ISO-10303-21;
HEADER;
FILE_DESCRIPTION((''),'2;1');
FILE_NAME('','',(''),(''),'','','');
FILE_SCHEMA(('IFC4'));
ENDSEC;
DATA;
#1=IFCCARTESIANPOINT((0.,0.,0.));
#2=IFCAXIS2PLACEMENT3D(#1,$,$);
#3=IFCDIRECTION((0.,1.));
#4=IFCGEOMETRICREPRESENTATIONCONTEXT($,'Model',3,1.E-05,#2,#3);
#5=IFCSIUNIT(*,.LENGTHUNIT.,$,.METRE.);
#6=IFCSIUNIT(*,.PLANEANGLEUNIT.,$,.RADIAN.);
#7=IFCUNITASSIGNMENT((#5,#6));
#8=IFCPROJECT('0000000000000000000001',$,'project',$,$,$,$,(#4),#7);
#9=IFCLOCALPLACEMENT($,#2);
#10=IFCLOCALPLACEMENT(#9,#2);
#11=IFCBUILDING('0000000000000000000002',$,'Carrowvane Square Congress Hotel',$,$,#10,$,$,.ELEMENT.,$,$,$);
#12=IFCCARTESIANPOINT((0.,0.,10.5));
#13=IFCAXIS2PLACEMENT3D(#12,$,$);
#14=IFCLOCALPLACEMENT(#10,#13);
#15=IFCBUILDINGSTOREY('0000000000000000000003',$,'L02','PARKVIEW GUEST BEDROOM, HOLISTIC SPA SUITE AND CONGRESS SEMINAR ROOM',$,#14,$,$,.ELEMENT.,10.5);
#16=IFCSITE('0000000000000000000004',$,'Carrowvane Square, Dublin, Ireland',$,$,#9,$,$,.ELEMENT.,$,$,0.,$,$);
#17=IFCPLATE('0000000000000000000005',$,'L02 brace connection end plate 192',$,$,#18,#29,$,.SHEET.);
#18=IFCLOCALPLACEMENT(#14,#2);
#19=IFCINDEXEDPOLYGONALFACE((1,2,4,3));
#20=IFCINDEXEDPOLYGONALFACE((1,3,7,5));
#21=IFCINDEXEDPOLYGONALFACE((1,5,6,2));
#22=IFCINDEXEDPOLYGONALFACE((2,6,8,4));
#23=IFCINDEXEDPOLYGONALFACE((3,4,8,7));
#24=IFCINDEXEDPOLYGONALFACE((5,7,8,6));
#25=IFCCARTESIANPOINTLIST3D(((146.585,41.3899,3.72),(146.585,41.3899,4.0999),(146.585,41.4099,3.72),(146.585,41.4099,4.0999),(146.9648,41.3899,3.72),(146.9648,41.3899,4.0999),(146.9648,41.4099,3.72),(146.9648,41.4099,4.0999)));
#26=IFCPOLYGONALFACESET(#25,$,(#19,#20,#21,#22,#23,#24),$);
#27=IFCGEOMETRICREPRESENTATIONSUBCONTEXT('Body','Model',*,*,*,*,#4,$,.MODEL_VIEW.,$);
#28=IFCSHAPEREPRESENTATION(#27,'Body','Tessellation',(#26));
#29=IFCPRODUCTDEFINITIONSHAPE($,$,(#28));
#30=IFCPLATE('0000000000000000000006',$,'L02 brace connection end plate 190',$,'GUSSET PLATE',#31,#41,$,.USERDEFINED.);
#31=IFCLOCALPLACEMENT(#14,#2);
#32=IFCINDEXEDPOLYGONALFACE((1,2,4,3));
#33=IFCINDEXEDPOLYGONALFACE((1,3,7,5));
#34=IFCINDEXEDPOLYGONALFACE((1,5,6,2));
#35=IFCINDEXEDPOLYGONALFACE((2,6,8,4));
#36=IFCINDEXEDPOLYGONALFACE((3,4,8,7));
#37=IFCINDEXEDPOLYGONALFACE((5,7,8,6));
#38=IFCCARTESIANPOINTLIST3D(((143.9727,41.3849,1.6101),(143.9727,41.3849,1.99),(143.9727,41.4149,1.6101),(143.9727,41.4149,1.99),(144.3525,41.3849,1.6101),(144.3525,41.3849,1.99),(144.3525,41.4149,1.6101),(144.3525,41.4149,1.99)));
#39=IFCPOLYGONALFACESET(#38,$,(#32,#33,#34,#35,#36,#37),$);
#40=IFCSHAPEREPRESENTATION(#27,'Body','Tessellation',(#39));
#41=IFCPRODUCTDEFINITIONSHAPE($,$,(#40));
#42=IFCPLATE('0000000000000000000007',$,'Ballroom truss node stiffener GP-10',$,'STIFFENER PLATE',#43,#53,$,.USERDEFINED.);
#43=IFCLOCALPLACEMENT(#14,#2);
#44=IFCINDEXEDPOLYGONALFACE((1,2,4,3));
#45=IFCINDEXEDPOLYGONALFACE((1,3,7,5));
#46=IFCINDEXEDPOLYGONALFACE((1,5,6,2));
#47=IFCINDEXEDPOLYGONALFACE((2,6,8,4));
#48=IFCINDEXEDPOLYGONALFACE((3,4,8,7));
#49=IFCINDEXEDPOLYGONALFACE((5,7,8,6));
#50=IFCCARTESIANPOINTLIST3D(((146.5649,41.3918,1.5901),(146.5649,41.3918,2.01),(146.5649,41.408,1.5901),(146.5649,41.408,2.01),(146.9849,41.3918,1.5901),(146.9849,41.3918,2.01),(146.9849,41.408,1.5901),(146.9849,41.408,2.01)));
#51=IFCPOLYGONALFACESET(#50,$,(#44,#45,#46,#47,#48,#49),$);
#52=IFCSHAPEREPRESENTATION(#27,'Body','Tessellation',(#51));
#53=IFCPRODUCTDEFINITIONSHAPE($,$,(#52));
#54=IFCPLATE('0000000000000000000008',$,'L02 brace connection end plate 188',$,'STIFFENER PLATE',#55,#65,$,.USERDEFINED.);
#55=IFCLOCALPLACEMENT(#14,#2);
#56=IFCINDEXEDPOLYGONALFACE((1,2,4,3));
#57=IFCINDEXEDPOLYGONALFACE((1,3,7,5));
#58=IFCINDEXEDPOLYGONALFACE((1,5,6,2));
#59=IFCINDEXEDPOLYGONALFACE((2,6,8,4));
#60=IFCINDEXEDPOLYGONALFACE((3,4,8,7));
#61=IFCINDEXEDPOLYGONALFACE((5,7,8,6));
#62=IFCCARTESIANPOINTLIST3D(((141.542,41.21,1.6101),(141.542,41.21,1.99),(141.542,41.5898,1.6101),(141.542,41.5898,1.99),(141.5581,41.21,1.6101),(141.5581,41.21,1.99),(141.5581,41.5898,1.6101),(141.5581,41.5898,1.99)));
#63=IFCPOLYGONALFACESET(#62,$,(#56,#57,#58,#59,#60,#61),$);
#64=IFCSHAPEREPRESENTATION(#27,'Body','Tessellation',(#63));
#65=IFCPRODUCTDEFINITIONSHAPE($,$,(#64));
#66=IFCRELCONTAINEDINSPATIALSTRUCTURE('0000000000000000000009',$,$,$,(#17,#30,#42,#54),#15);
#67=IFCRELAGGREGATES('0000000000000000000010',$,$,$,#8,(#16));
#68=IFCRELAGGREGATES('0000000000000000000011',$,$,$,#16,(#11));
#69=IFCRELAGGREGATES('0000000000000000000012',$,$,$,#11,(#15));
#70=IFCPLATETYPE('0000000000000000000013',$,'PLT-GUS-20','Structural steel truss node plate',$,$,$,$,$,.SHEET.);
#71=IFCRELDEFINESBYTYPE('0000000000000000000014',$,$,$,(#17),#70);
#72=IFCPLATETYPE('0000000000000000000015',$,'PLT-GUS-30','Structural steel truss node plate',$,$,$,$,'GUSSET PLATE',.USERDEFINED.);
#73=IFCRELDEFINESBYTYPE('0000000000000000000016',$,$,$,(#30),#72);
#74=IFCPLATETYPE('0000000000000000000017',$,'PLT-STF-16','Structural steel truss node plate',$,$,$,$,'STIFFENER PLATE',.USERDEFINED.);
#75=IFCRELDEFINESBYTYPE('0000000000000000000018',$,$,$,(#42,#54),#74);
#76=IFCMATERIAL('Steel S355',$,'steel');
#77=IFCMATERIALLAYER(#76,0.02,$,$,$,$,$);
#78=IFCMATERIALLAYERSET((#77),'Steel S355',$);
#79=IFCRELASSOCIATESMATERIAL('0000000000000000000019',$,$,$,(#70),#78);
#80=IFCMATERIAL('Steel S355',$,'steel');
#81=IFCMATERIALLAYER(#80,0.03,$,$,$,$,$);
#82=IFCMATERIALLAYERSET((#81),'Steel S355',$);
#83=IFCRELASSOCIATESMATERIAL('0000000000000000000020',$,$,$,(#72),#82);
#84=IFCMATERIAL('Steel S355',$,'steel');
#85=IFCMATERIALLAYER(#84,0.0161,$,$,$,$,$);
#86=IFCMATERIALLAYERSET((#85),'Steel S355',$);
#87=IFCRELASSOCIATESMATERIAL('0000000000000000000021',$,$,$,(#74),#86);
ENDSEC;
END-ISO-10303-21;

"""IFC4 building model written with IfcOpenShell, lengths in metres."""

from ifc_helpers import new_model, si_unit, direction, frame, origin, origin_2d, place, context, subcontext, project, spatial, rectangle, extrude, material, layer, layer_set, type_object, element, save


model = new_model("IFC4")

# Units and contexts
model_context = context("Model", 3, precision=1e-05, world=origin(), true_north=direction((0.0, 1.0)))
body_context = subcontext(model_context, "Body", "Model", "MODEL_VIEW")
ifc_project = project(units=[si_unit("LENGTHUNIT", "METRE"), si_unit("PLANEANGLEUNIT", "RADIAN")], contexts=[model_context])

# Site, building, storey
site_placement = place(None, origin())
site = spatial("IfcSite", under=ifc_project, at=site_placement, Name="Carrowvane Square, Dublin, Ireland", CompositionType="ELEMENT", RefElevation=0.0)
building_placement = place(site_placement, origin())
building = spatial("IfcBuilding", under=site, at=building_placement, Name="Carrowvane Square Congress Hotel", CompositionType="ELEMENT")
storey_placement = place(building_placement, frame((0.0, 0.0, 10.5)))
storey = spatial("IfcBuildingStorey", under=building, at=storey_placement, Name="L02", Description="PARKVIEW GUEST BEDROOM, HOLISTIC SPA SUITE AND CONGRESS SEMINAR ROOM", CompositionType="ELEMENT", Elevation=10.5)

# Plates
ifc_material_1 = material(Name="Steel S355", Category="steel")
ifc_layer_1 = layer(ifc_material_1, 0.02)
ifc_layer_set_1 = layer_set([ifc_layer_1], Name="Steel S355")
plate_type_1 = type_object("IfcPlateType", Name="PLT-GUS-20", Description="Structural steel truss node plate", PredefinedType="SHEET", material=ifc_layer_set_1)
plate_1_placement = place(storey_placement, frame((146.7749, 41.3999, 3.72), z_axis=(0.0, 0.0, 1.0), x_axis=(1.0, 0.0, 0.0)))
element("IfcPlate", 1, at=plate_1_placement, inside=storey, type_object=plate_type_1, Name="L02 brace connection end plate 192", PredefinedType="SHEET", context=body_context, shape_type="SweptSolid", body=[
    extrude(rectangle(XDim=0.3799, YDim=0.02, at=origin_2d()), origin(), (0.0, 0.0, 1.0), 0.3799),
])
ifc_material_2 = material(Name="Steel S355", Category="steel")
ifc_layer_2 = layer(ifc_material_2, 0.03)
ifc_layer_set_2 = layer_set([ifc_layer_2], Name="Steel S355")
plate_type_2 = type_object("IfcPlateType", Name="PLT-GUS-30", Description="Structural steel truss node plate", ElementType="GUSSET PLATE", PredefinedType="USERDEFINED", material=ifc_layer_set_2)
plate_2_placement = place(storey_placement, frame((144.1626, 41.3999, 1.6101), z_axis=(0.0, 0.0, 1.0), x_axis=(1.0, 0.0, 0.0)))
element("IfcPlate", 2, at=plate_2_placement, inside=storey, type_object=plate_type_2, Name="L02 brace connection end plate 190", ObjectType="GUSSET PLATE", PredefinedType="USERDEFINED", context=body_context, shape_type="SweptSolid", body=[
    extrude(rectangle(XDim=0.3799, YDim=0.03, at=origin_2d()), origin(), (0.0, 0.0, 1.0), 0.3799),
])
ifc_material_3 = material(Name="Steel S355", Category="steel")
ifc_layer_3 = layer(ifc_material_3, 0.0161)
ifc_layer_set_3 = layer_set([ifc_layer_3], Name="Steel S355")
plate_type_3 = type_object("IfcPlateType", Name="PLT-STF-16", Description="Structural steel truss node plate", ElementType="STIFFENER PLATE", PredefinedType="USERDEFINED", material=ifc_layer_set_3)
plate_3_placement = place(storey_placement, frame((146.7749, 41.3999, 1.5901), z_axis=(0.0, 0.0, 1.0), x_axis=(1.0, 0.0, 0.0)))
element("IfcPlate", 3, at=plate_3_placement, inside=storey, type_object=plate_type_3, Name="Ballroom truss node stiffener GP-10", ObjectType="STIFFENER PLATE", PredefinedType="USERDEFINED", context=body_context, shape_type="SweptSolid", body=[
    extrude(rectangle(XDim=0.4199, YDim=0.0161, at=origin_2d()), origin(), (0.0, 0.0, 1.0), 0.4199),
])
plate_4_placement = place(storey_placement, frame((141.55, 41.3999, 1.6101), z_axis=(0.0, 0.0, 1.0), x_axis=(1.0, 0.0, 0.0)))
element("IfcPlate", 4, at=plate_4_placement, inside=storey, type_object=plate_type_3, Name="L02 brace connection end plate 188", ObjectType="STIFFENER PLATE", PredefinedType="USERDEFINED", context=body_context, shape_type="SweptSolid", body=[
    extrude(rectangle(XDim=0.0161, YDim=0.3799, at=origin_2d()), origin(), (0.0, 0.0, 1.0), 0.3799),
])

save(model, "model.ifc")
